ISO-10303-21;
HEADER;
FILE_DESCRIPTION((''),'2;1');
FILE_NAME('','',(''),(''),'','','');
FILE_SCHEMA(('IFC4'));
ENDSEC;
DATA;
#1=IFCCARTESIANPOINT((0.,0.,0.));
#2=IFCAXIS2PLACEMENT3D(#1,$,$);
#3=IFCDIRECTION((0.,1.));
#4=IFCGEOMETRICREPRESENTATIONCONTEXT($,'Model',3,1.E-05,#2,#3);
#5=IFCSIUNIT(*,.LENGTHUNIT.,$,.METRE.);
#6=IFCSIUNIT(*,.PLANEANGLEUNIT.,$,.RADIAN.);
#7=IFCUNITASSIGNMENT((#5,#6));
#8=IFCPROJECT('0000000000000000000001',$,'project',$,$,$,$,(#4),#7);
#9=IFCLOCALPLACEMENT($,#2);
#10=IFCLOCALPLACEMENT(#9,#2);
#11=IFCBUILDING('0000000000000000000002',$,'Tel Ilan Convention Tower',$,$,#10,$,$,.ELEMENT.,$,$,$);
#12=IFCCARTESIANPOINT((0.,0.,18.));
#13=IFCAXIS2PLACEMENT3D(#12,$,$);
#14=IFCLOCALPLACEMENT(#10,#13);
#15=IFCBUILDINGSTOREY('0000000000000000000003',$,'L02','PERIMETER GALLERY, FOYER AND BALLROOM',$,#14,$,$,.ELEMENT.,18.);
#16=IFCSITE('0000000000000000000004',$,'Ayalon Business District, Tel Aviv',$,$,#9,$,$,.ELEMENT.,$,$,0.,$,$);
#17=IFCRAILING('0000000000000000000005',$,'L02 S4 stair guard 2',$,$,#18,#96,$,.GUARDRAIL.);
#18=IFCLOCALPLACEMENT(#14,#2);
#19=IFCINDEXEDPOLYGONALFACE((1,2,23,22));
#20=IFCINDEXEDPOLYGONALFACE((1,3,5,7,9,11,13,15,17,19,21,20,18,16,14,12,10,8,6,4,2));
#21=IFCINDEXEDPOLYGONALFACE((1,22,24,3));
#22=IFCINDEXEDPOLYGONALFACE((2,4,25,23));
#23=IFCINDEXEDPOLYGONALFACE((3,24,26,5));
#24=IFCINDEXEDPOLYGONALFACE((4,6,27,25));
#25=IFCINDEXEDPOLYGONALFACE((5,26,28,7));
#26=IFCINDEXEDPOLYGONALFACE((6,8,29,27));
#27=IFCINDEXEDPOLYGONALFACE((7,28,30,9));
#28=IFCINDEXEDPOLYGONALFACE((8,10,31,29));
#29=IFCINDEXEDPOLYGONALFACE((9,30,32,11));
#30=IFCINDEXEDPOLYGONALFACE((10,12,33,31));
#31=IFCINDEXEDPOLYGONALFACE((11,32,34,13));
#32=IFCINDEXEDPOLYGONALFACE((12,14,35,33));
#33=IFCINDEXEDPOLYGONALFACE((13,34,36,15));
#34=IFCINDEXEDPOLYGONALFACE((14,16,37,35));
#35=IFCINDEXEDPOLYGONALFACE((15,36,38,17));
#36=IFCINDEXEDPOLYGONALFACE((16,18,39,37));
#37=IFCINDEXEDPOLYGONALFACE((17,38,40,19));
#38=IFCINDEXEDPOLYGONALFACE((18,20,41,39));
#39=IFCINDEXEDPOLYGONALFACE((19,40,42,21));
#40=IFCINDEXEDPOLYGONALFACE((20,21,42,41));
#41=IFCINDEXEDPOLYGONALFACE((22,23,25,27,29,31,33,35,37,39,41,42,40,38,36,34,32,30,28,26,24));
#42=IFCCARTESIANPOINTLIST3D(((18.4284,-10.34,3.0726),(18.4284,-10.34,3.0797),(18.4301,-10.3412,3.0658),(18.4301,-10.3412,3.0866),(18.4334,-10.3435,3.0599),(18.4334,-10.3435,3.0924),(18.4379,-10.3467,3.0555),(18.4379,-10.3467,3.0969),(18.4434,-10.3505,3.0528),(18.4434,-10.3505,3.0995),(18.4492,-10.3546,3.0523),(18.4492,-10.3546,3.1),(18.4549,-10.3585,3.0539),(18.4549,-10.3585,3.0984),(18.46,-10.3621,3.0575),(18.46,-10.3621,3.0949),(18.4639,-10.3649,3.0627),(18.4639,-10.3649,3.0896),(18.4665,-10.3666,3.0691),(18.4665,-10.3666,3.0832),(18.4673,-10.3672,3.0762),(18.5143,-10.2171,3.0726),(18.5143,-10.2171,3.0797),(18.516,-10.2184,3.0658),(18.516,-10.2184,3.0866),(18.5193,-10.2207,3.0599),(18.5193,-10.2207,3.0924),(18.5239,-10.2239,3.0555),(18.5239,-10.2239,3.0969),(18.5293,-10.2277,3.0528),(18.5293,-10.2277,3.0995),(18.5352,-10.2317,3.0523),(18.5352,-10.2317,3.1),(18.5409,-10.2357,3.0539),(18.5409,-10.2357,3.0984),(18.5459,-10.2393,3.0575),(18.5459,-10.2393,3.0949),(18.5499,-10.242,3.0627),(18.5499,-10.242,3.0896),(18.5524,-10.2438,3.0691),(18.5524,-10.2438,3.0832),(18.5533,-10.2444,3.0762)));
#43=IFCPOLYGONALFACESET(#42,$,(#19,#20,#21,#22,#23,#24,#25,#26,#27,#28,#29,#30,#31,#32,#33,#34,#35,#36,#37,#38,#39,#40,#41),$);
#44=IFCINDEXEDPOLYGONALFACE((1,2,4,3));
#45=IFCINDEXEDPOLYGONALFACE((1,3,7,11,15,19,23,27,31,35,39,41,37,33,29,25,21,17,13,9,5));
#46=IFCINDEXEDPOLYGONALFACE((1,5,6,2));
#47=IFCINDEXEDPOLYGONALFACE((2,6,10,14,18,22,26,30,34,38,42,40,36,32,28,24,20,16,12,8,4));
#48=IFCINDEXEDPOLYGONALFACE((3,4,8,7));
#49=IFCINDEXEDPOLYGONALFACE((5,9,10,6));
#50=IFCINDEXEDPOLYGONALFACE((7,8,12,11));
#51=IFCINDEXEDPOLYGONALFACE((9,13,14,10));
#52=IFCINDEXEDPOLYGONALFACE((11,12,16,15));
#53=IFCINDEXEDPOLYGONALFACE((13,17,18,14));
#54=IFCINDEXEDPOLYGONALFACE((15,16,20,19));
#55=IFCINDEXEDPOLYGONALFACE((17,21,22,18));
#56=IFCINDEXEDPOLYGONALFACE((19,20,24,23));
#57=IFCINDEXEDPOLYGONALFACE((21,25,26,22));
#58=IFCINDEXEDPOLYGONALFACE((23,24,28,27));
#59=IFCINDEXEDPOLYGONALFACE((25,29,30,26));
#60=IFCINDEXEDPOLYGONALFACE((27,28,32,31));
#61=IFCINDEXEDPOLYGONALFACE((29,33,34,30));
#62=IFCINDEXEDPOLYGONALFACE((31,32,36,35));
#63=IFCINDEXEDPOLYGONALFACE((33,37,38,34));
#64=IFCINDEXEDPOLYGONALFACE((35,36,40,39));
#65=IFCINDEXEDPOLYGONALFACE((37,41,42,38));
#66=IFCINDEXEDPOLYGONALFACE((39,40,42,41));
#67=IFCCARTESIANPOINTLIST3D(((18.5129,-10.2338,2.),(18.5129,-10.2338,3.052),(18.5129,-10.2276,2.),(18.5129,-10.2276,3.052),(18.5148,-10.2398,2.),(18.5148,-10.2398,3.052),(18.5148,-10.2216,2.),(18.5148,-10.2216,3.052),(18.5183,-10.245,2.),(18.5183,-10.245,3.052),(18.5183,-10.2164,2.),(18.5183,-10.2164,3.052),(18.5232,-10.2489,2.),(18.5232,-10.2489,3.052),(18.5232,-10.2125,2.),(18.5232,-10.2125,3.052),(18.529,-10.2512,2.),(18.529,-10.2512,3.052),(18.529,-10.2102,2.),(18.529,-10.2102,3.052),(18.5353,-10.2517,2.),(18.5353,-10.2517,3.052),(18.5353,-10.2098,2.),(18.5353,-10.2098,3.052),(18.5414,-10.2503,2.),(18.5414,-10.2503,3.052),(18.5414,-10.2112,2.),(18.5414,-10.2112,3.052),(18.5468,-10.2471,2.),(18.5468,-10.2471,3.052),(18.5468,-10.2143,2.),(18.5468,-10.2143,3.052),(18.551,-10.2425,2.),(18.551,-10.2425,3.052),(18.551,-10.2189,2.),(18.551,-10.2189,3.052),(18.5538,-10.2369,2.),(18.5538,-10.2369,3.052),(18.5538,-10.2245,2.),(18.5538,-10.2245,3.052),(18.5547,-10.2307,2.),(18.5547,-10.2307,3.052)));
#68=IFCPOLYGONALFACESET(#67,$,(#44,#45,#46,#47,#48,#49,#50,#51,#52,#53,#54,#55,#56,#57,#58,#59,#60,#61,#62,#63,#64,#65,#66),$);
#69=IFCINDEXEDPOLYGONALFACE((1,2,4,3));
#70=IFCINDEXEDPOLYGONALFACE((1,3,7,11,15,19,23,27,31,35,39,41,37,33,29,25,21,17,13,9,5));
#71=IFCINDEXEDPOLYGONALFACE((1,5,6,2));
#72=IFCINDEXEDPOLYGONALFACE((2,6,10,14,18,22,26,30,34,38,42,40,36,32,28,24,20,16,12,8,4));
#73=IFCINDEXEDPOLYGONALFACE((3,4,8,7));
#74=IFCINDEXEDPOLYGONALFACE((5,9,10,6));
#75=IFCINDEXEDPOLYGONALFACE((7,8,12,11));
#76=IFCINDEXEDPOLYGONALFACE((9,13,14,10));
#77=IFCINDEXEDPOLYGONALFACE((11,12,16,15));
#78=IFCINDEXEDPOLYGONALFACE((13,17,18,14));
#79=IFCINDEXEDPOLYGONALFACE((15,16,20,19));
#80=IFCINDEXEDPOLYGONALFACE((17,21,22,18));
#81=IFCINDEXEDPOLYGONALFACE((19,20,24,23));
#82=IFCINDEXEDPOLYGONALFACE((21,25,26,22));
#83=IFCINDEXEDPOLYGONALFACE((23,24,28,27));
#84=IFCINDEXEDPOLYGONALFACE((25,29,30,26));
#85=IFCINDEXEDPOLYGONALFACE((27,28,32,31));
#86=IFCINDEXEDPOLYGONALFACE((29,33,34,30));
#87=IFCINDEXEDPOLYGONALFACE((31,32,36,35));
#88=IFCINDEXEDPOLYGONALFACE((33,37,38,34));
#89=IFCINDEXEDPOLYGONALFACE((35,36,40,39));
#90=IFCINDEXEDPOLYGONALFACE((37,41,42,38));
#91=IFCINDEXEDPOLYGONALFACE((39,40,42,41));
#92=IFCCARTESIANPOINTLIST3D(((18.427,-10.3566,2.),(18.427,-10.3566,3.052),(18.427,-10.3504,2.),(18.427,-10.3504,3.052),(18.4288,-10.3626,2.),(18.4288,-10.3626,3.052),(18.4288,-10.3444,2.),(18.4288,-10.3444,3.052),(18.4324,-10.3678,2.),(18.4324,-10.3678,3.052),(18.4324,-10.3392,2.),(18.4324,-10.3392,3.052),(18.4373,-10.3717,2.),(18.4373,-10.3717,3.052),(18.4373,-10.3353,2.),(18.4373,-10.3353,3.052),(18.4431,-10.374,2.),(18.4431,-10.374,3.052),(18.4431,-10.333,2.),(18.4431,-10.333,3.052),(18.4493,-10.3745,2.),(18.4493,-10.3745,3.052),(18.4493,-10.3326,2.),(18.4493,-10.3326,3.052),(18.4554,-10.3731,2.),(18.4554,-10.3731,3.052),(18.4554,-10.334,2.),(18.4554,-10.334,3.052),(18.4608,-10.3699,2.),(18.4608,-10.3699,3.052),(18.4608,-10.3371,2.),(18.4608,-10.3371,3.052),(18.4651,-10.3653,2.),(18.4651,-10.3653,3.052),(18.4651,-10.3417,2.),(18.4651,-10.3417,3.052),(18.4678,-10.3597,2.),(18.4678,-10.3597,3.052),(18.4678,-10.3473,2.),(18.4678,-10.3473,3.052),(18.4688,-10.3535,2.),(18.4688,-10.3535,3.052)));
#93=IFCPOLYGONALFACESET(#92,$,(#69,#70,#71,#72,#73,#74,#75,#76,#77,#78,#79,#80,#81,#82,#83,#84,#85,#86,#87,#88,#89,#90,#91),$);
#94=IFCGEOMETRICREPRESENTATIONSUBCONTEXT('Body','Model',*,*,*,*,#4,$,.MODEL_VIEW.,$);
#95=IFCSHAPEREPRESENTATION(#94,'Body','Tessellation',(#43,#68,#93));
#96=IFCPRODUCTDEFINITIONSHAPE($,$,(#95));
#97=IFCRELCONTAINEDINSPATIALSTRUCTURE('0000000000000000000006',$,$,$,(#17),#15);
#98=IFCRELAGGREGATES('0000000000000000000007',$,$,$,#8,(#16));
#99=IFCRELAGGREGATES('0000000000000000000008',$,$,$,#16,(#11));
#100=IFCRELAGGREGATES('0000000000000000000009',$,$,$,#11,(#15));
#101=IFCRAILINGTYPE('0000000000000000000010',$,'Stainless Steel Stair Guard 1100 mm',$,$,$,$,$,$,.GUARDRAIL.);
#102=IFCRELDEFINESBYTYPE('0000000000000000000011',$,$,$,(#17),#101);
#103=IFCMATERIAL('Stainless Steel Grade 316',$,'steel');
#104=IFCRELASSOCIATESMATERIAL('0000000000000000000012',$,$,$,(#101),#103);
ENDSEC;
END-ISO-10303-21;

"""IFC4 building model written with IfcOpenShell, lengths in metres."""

from ifc_helpers import new_model, si_unit, direction, frame, origin, origin_2d, place, context, subcontext, project, spatial, circle, extrude, material, type_object, element, save


model = new_model("IFC4")

# Units and contexts
model_context = context("Model", 3, precision=1e-05, world=origin(), true_north=direction((0.0, 1.0)))
body_context = subcontext(model_context, "Body", "Model", "MODEL_VIEW")
ifc_project = project(units=[si_unit("LENGTHUNIT", "METRE"), si_unit("PLANEANGLEUNIT", "RADIAN")], contexts=[model_context])

# Site, building, storey
site_placement = place(None, origin())
site = spatial("IfcSite", under=ifc_project, at=site_placement, Name="Ayalon Business District, Tel Aviv", CompositionType="ELEMENT", RefElevation=0.0)
building_placement = place(site_placement, origin())
building = spatial("IfcBuilding", under=site, at=building_placement, Name="Tel Ilan Convention Tower", CompositionType="ELEMENT")
storey_placement = place(building_placement, frame((0.0, 0.0, 18.0)))
storey = spatial("IfcBuildingStorey", under=building, at=storey_placement, Name="L02", Description="PERIMETER GALLERY, FOYER AND BALLROOM", CompositionType="ELEMENT", Elevation=18.0)

# Railing
ifc_material_1 = material(Name="Stainless Steel Grade 316", Category="steel")
railing_type = type_object("IfcRailingType", Name="Stainless Steel Stair Guard 1100 mm", PredefinedType="GUARDRAIL", material=ifc_material_1)
railing_1_placement = place(storey_placement, frame((18.5337, -10.2307, 2.0)))
element("IfcRailing", 1, at=railing_1_placement, inside=storey, type_object=railing_type, Name="L02 S4 stair guard 2", PredefinedType="GUARDRAIL", context=body_context, shape_type="SweptSolid", body=[
    extrude(circle(Radius=0.0239, at=origin_2d()), frame((0.0, 0.0, 1.0762), z_axis=(-0.573353, -0.819308, 0.0), x_axis=(0.819308, -0.573353, 0.0)), (0.0, 0.0, 1.0), 0.1499),
    extrude(circle(Radius=0.021, at=origin_2d()), origin(), (0.0, 0.0, 1.0), 1.052),
    extrude(circle(Radius=0.021, at=origin_2d()), frame((-0.0859, -0.1228, 0.0)), (0.0, 0.0, 1.0), 1.052),
])

save(model, "model.ifc")
